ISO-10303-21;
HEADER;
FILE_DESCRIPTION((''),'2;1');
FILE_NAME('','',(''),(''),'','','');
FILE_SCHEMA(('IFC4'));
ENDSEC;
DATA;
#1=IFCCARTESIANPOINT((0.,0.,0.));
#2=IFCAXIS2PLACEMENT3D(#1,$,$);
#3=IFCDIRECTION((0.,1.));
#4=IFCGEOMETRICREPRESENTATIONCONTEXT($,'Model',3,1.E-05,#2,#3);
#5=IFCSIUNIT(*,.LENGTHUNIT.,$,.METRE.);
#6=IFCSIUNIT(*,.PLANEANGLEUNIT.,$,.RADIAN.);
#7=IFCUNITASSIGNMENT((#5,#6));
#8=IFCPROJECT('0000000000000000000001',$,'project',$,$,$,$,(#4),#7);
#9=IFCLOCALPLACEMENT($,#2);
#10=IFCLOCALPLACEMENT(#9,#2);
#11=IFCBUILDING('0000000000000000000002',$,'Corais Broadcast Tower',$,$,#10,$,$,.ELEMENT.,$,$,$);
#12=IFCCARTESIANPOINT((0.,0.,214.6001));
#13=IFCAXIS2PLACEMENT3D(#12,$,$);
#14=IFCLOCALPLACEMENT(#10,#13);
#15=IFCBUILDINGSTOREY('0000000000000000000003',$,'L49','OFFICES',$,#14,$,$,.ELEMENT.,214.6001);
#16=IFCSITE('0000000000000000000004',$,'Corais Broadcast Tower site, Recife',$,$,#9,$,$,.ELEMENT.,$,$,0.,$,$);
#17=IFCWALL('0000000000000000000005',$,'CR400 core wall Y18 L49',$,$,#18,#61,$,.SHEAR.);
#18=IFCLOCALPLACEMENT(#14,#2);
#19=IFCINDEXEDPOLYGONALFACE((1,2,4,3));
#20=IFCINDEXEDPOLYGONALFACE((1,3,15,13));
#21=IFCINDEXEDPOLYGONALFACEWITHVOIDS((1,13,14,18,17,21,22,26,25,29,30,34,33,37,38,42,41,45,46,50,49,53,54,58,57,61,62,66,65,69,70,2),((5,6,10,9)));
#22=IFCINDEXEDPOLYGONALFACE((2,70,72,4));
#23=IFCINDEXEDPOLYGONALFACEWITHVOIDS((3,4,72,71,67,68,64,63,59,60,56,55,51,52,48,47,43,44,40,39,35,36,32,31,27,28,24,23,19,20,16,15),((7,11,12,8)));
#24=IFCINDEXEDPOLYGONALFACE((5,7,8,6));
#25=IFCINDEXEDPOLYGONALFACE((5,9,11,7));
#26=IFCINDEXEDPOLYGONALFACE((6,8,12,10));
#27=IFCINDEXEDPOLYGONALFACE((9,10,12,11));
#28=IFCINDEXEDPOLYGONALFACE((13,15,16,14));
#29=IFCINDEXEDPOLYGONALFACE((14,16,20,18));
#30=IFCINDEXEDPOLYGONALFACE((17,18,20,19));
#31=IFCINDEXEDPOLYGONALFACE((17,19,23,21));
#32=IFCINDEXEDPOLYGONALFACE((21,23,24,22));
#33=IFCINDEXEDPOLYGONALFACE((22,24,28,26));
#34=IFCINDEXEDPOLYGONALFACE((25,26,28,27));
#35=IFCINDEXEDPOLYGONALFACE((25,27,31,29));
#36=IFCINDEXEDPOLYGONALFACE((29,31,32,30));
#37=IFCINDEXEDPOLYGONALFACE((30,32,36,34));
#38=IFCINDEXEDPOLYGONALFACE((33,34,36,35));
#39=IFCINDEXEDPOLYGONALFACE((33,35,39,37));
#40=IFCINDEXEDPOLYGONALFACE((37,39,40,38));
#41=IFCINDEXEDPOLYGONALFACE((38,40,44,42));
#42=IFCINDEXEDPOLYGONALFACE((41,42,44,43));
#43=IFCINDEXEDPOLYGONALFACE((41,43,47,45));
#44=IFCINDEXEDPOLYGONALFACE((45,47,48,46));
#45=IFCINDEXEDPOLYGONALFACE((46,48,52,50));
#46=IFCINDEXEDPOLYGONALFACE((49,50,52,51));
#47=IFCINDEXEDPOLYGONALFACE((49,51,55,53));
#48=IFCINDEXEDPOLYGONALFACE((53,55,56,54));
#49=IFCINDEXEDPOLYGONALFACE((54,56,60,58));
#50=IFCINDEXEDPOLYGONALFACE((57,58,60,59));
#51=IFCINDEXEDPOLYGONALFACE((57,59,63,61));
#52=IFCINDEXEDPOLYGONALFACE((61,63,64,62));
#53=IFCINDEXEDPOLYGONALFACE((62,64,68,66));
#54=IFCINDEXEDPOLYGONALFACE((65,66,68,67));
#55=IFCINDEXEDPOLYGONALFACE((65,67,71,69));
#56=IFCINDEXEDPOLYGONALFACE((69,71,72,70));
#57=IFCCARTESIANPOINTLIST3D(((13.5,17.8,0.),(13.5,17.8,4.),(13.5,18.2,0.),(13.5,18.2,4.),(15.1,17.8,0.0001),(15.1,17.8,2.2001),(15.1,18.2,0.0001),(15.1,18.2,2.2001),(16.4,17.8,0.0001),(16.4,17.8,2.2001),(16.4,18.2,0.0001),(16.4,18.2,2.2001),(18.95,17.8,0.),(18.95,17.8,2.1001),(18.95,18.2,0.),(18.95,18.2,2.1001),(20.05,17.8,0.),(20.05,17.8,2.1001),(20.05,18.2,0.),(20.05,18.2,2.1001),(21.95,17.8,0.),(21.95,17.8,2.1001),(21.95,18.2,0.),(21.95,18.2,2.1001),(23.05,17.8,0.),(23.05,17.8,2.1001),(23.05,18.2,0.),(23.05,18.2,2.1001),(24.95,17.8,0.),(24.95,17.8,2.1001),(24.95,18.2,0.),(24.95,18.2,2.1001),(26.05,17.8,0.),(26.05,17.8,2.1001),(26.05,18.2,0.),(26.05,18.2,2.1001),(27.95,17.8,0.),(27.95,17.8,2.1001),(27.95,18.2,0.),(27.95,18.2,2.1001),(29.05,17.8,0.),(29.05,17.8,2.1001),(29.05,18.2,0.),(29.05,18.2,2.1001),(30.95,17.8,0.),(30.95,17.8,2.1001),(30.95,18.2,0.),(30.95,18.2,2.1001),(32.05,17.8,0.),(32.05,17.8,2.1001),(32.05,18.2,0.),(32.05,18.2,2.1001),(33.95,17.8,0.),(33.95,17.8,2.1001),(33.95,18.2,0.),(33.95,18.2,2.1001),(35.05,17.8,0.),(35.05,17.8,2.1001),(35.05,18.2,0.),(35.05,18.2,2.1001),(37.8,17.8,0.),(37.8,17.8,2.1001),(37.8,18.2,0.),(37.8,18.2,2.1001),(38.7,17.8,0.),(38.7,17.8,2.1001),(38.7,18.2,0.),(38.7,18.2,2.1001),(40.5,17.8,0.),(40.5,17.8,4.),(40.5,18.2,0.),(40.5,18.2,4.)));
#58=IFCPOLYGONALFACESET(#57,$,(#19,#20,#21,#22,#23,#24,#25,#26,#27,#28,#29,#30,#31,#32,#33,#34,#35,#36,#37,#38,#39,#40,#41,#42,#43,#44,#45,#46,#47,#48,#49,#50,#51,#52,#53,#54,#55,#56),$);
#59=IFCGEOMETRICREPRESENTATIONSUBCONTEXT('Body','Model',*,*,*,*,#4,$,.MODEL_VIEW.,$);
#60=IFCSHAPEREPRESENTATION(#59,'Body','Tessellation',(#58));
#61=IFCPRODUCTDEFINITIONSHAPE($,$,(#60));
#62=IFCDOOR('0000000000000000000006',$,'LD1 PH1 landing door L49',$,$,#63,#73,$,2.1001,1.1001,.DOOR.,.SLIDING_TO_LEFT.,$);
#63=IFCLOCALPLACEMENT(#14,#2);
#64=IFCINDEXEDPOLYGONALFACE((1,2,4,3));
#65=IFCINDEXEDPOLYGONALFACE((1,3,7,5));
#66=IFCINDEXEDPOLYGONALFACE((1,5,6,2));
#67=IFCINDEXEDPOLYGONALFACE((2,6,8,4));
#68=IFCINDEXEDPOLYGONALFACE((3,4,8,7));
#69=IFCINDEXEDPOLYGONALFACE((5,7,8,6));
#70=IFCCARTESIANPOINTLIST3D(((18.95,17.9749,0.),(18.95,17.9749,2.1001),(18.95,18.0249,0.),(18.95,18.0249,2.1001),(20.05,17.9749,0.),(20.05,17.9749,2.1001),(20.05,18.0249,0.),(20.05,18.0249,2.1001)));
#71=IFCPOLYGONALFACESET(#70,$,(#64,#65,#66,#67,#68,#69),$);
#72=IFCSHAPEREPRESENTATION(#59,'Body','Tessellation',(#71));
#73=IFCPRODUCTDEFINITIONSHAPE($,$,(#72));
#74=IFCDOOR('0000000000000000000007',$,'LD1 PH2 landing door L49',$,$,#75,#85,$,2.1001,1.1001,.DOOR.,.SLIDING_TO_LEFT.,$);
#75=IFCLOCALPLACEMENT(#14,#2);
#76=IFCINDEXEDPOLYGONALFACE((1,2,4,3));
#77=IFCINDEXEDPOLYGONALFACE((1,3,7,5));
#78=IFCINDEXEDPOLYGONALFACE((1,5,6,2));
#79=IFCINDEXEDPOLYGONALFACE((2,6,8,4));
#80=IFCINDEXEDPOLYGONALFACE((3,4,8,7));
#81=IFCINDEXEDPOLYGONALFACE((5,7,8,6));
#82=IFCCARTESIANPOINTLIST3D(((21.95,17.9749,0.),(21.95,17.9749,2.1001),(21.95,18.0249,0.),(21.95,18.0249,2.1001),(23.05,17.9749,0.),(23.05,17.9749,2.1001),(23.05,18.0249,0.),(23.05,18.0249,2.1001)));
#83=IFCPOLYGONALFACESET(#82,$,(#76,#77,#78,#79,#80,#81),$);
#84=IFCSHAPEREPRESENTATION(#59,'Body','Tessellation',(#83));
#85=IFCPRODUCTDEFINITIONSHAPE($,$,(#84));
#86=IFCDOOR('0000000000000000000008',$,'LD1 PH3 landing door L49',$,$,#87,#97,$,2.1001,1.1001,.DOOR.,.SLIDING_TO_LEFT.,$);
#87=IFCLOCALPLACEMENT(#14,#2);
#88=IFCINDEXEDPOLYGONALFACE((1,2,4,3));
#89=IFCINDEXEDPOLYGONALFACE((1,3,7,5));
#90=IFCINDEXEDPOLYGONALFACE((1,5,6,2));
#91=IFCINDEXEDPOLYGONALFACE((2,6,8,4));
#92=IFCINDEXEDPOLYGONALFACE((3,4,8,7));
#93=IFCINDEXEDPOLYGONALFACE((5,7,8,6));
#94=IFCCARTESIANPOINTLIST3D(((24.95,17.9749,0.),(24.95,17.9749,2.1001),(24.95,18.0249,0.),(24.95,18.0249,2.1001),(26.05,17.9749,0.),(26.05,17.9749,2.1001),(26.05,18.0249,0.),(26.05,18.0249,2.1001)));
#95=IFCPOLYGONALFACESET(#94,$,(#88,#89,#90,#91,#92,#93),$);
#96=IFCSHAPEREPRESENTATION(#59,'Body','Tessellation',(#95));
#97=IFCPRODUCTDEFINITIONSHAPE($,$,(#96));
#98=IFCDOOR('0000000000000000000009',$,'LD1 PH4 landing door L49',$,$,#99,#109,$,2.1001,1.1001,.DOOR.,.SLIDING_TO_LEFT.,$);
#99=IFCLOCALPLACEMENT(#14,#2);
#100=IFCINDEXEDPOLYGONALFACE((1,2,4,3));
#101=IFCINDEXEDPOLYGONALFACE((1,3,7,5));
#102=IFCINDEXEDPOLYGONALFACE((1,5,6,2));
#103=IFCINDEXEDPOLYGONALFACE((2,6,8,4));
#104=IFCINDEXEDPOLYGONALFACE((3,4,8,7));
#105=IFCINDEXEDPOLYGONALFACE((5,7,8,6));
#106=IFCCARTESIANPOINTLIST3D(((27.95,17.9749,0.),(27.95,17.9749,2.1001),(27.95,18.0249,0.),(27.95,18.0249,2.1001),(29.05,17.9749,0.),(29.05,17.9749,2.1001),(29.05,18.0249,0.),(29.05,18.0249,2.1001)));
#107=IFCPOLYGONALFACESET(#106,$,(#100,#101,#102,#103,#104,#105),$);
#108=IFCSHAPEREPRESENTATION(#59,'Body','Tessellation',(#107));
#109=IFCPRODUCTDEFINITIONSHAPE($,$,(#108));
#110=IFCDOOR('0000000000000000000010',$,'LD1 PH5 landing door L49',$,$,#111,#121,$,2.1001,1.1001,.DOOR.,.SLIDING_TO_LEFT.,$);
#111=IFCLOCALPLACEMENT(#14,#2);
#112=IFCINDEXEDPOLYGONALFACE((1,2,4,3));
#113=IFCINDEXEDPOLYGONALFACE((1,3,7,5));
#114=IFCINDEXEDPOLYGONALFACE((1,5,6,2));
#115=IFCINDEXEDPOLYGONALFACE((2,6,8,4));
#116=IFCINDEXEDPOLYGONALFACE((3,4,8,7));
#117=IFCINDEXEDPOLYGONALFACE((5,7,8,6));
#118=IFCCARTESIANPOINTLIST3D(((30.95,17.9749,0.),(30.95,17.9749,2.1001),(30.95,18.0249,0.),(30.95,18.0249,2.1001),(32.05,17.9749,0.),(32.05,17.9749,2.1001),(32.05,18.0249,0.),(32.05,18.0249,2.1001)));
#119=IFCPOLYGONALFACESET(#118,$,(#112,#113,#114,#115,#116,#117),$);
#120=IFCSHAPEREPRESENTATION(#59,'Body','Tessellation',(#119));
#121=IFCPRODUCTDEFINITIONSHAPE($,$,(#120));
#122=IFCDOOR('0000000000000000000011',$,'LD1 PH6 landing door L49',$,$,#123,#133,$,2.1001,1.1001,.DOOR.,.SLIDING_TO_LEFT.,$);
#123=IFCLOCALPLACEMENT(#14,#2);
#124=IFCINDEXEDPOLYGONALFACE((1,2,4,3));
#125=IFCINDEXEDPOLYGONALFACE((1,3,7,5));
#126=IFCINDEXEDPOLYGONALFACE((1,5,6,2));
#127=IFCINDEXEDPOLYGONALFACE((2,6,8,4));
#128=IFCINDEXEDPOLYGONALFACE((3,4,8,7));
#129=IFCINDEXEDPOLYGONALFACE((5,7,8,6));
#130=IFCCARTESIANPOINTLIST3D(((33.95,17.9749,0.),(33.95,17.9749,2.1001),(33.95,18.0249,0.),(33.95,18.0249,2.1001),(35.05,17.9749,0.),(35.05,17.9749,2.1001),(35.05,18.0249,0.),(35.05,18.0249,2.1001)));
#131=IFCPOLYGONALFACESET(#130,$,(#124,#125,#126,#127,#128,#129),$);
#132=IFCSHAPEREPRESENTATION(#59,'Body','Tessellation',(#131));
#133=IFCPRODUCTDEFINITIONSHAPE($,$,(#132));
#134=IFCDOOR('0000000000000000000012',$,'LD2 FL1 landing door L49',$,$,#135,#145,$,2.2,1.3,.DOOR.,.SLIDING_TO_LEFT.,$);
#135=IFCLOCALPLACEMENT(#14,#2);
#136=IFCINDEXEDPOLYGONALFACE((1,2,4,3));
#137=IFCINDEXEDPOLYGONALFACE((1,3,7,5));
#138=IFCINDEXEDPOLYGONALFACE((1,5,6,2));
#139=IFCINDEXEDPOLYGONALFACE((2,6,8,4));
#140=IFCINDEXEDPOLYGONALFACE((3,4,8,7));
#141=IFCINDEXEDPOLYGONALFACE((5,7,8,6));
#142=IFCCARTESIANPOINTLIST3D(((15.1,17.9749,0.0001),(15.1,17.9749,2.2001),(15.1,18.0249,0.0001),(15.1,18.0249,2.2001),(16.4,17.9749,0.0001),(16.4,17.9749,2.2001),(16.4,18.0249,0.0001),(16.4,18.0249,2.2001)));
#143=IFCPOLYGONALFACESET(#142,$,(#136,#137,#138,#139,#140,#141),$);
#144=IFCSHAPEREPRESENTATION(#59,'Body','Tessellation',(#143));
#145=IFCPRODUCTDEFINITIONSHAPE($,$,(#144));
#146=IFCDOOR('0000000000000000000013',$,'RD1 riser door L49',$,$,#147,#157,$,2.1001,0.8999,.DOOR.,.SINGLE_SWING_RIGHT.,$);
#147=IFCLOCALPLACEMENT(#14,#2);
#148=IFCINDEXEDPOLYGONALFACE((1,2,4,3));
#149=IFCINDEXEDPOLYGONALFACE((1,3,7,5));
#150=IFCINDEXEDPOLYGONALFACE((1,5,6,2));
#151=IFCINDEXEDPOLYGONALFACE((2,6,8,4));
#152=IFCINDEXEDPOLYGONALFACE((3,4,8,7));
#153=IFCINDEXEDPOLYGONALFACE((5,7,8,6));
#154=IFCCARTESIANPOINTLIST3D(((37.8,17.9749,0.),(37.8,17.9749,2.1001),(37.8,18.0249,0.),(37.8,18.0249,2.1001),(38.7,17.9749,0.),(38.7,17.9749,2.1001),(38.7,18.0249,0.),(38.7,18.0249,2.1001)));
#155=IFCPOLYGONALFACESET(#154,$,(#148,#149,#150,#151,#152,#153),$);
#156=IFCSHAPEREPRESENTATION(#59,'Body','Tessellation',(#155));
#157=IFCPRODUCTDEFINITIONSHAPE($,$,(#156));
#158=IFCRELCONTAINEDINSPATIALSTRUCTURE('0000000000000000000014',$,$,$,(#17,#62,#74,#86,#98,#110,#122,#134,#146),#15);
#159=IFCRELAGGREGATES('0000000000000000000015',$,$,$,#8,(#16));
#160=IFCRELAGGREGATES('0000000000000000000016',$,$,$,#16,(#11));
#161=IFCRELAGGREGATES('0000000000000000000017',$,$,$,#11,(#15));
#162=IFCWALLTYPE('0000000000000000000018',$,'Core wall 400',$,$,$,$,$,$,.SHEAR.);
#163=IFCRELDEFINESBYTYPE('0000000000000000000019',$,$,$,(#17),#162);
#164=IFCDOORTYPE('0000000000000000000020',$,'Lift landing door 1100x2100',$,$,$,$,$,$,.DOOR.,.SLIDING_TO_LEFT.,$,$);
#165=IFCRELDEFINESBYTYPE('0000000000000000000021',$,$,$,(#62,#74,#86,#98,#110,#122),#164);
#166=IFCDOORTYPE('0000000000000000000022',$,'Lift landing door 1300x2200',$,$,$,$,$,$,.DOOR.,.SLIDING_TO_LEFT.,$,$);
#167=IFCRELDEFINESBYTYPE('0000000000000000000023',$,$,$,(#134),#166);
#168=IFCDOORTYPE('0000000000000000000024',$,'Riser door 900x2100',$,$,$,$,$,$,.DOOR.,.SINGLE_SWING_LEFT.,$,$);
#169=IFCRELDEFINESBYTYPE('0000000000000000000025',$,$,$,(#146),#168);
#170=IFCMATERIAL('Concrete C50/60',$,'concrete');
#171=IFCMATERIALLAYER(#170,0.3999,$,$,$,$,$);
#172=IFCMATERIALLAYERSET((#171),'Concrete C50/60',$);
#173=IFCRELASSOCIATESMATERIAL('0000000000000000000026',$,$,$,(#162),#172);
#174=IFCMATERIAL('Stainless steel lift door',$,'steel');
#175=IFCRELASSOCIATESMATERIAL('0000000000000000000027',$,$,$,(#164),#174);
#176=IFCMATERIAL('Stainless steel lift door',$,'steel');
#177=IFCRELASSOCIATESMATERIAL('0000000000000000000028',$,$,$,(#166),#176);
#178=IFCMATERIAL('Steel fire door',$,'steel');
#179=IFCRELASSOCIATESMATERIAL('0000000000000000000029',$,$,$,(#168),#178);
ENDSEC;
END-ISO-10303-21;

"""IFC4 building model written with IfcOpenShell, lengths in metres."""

from ifc_helpers import new_model, si_unit, direction, frame, frame_2d, origin, place, context, subcontext, project, spatial, rectangle, extrude, material, layer, layer_set, type_object, element, fill, save


model = new_model("IFC4")

# Units and contexts
model_context = context("Model", 3, precision=1e-05, world=origin(), true_north=direction((0.0, 1.0)))
body_context = subcontext(model_context, "Body", "Model", "MODEL_VIEW")
ifc_project = project(units=[si_unit("LENGTHUNIT", "METRE"), si_unit("PLANEANGLEUNIT", "RADIAN")], contexts=[model_context])

# Site, building, storey
site_placement = place(None, origin())
site = spatial("IfcSite", under=ifc_project, at=site_placement, Name="Corais Broadcast Tower site, Recife", CompositionType="ELEMENT", RefElevation=0.0)
building_placement = place(site_placement, origin())
building = spatial("IfcBuilding", under=site, at=building_placement, Name="Corais Broadcast Tower", CompositionType="ELEMENT")
storey_placement = place(building_placement, frame((0.0, 0.0, 214.6001)))
storey = spatial("IfcBuildingStorey", under=building, at=storey_placement, Name="L49", Description="OFFICES", CompositionType="ELEMENT", Elevation=214.6001)

# Shared definitions
ifc_material_1 = material(Name="Concrete C50/60", Category="concrete")
ifc_layer_1 = layer(ifc_material_1, 0.3999)
ifc_layer_set_1 = layer_set([ifc_layer_1], Name="Concrete C50/60")
wall_type_1 = type_object("IfcWallType", Name="Core wall 400", PredefinedType="SHEAR", material=ifc_layer_set_1)

# Wall, openings, doors
wall_1_placement = place(storey_placement, frame((13.5, 18.0, 0.0), z_axis=(0.0, 0.0, 1.0), x_axis=(1.0, 0.0, 0.0)))
wall_1 = element("IfcWall", 1, at=wall_1_placement, inside=storey, type_object=wall_type_1, Name="CR400 core wall Y18 L49", PredefinedType="SHEAR", context=body_context, shape_type="SweptSolid", body=[
    extrude(rectangle(XDim=27.0, YDim=0.3999, at=frame_2d((13.5, 0.0))), origin(), (0.0, 0.0, 1.0), 4.0),
])
opening_1_placement = place(wall_1_placement, frame((24.3, 0.0, 0.0)))
opening_1 = element("IfcOpeningElement", 2, at=opening_1_placement, cuts=wall_1, PredefinedType="OPENING", context=body_context, shape_type="SweptSolid", body=[
    extrude(rectangle(XDim=0.8999, YDim=2.1001, at=frame_2d((0.45, 1.05))), frame((0.0, 0.21, 0.0), z_axis=(0.0, -1.0, 0.0), x_axis=(1.0, 0.0, 0.0)), (0.0, 0.0, 1.0), 0.4199),
])
opening_2_placement = place(wall_1_placement, frame((5.45, 0.0, 0.0)))
opening_2 = element("IfcOpeningElement", 3, at=opening_2_placement, cuts=wall_1, PredefinedType="OPENING", context=body_context, shape_type="SweptSolid", body=[
    extrude(rectangle(XDim=1.1001, YDim=2.1001, at=frame_2d((0.55, 1.05))), frame((0.0, 0.21, 0.0), z_axis=(0.0, -1.0, 0.0), x_axis=(1.0, 0.0, 0.0)), (0.0, 0.0, 1.0), 0.4199),
])
opening_3_placement = place(wall_1_placement, frame((8.45, 0.0, 0.0)))
opening_3 = element("IfcOpeningElement", 4, at=opening_3_placement, cuts=wall_1, PredefinedType="OPENING", context=body_context, shape_type="SweptSolid", body=[
    extrude(rectangle(XDim=1.1001, YDim=2.1001, at=frame_2d((0.55, 1.05))), frame((0.0, 0.21, 0.0), z_axis=(0.0, -1.0, 0.0), x_axis=(1.0, 0.0, 0.0)), (0.0, 0.0, 1.0), 0.4199),
])
opening_4_placement = place(wall_1_placement, frame((11.45, 0.0, 0.0)))
opening_4 = element("IfcOpeningElement", 5, at=opening_4_placement, cuts=wall_1, PredefinedType="OPENING", context=body_context, shape_type="SweptSolid", body=[
    extrude(rectangle(XDim=1.1001, YDim=2.1001, at=frame_2d((0.55, 1.05))), frame((0.0, 0.21, 0.0), z_axis=(0.0, -1.0, 0.0), x_axis=(1.0, 0.0, 0.0)), (0.0, 0.0, 1.0), 0.4199),
])
opening_5_placement = place(wall_1_placement, frame((14.45, 0.0, 0.0)))
opening_5 = element("IfcOpeningElement", 6, at=opening_5_placement, cuts=wall_1, PredefinedType="OPENING", context=body_context, shape_type="SweptSolid", body=[
    extrude(rectangle(XDim=1.1001, YDim=2.1001, at=frame_2d((0.55, 1.05))), frame((0.0, 0.21, 0.0), z_axis=(0.0, -1.0, 0.0), x_axis=(1.0, 0.0, 0.0)), (0.0, 0.0, 1.0), 0.4199),
])
opening_6_placement = place(wall_1_placement, frame((17.45, 0.0, 0.0)))
opening_6 = element("IfcOpeningElement", 7, at=opening_6_placement, cuts=wall_1, PredefinedType="OPENING", context=body_context, shape_type="SweptSolid", body=[
    extrude(rectangle(XDim=1.1001, YDim=2.1001, at=frame_2d((0.55, 1.05))), frame((0.0, 0.21, 0.0), z_axis=(0.0, -1.0, 0.0), x_axis=(1.0, 0.0, 0.0)), (0.0, 0.0, 1.0), 0.4199),
])
opening_7_placement = place(wall_1_placement, frame((20.45, 0.0, 0.0)))
opening_7 = element("IfcOpeningElement", 8, at=opening_7_placement, cuts=wall_1, PredefinedType="OPENING", context=body_context, shape_type="SweptSolid", body=[
    extrude(rectangle(XDim=1.1001, YDim=2.1001, at=frame_2d((0.55, 1.05))), frame((0.0, 0.21, 0.0), z_axis=(0.0, -1.0, 0.0), x_axis=(1.0, 0.0, 0.0)), (0.0, 0.0, 1.0), 0.4199),
])
opening_8_placement = place(wall_1_placement, frame((1.6001, 0.0, 0.0)))
opening_8 = element("IfcOpeningElement", 9, at=opening_8_placement, cuts=wall_1, PredefinedType="OPENING", context=body_context, shape_type="SweptSolid", body=[
    extrude(rectangle(XDim=1.3, YDim=2.2, at=frame_2d((0.6499, 1.1001))), frame((0.0, 0.21, 0.0), z_axis=(0.0, -1.0, 0.0), x_axis=(1.0, 0.0, 0.0)), (0.0, 0.0, 1.0), 0.4199),
])
ifc_material_2 = material(Name="Stainless steel lift door", Category="steel")
door_type_1 = type_object("IfcDoorType", Name="Lift landing door 1100x2100", OperationType="SLIDING_TO_LEFT", PredefinedType="DOOR", material=ifc_material_2)
door_1_placement = place(opening_2_placement, origin())
door_1 = element("IfcDoor", 10, at=door_1_placement, inside=storey, type_object=door_type_1, Name="LD1 PH1 landing door L49", OperationType="SLIDING_TO_LEFT", OverallHeight=2.1001, OverallWidth=1.1001, PredefinedType="DOOR", context=body_context, shape_type="SweptSolid", body=[
    extrude(rectangle(XDim=1.1001, YDim=2.1001, at=frame_2d((0.55, 1.05))), frame((0.0, 0.0249, 0.0), z_axis=(0.0, -1.0, 0.0), x_axis=(1.0, 0.0, 0.0)), (0.0, 0.0, 1.0), 0.05),
])
fill(opening_2, door_1)
door_2_placement = place(opening_3_placement, origin())
door_2 = element("IfcDoor", 11, at=door_2_placement, inside=storey, type_object=door_type_1, Name="LD1 PH2 landing door L49", OperationType="SLIDING_TO_LEFT", OverallHeight=2.1001, OverallWidth=1.1001, PredefinedType="DOOR", context=body_context, shape_type="SweptSolid", body=[
    extrude(rectangle(XDim=1.1001, YDim=2.1001, at=frame_2d((0.55, 1.05))), frame((0.0, 0.0249, 0.0), z_axis=(0.0, -1.0, 0.0), x_axis=(1.0, 0.0, 0.0)), (0.0, 0.0, 1.0), 0.05),
])
fill(opening_3, door_2)
door_3_placement = place(opening_4_placement, origin())
door_3 = element("IfcDoor", 12, at=door_3_placement, inside=storey, type_object=door_type_1, Name="LD1 PH3 landing door L49", OperationType="SLIDING_TO_LEFT", OverallHeight=2.1001, OverallWidth=1.1001, PredefinedType="DOOR", context=body_context, shape_type="SweptSolid", body=[
    extrude(rectangle(XDim=1.1001, YDim=2.1001, at=frame_2d((0.55, 1.05))), frame((0.0, 0.0249, 0.0), z_axis=(0.0, -1.0, 0.0), x_axis=(1.0, 0.0, 0.0)), (0.0, 0.0, 1.0), 0.05),
])
fill(opening_4, door_3)
door_4_placement = place(opening_5_placement, origin())
door_4 = element("IfcDoor", 13, at=door_4_placement, inside=storey, type_object=door_type_1, Name="LD1 PH4 landing door L49", OperationType="SLIDING_TO_LEFT", OverallHeight=2.1001, OverallWidth=1.1001, PredefinedType="DOOR", context=body_context, shape_type="SweptSolid", body=[
    extrude(rectangle(XDim=1.1001, YDim=2.1001, at=frame_2d((0.55, 1.05))), frame((0.0, 0.0249, 0.0), z_axis=(0.0, -1.0, 0.0), x_axis=(1.0, 0.0, 0.0)), (0.0, 0.0, 1.0), 0.05),
])
fill(opening_5, door_4)
door_5_placement = place(opening_6_placement, origin())
door_5 = element("IfcDoor", 14, at=door_5_placement, inside=storey, type_object=door_type_1, Name="LD1 PH5 landing door L49", OperationType="SLIDING_TO_LEFT", OverallHeight=2.1001, OverallWidth=1.1001, PredefinedType="DOOR", context=body_context, shape_type="SweptSolid", body=[
    extrude(rectangle(XDim=1.1001, YDim=2.1001, at=frame_2d((0.55, 1.05))), frame((0.0, 0.0249, 0.0), z_axis=(0.0, -1.0, 0.0), x_axis=(1.0, 0.0, 0.0)), (0.0, 0.0, 1.0), 0.05),
])
fill(opening_6, door_5)
door_6_placement = place(opening_7_placement, origin())
door_6 = element("IfcDoor", 15, at=door_6_placement, inside=storey, type_object=door_type_1, Name="LD1 PH6 landing door L49", OperationType="SLIDING_TO_LEFT", OverallHeight=2.1001, OverallWidth=1.1001, PredefinedType="DOOR", context=body_context, shape_type="SweptSolid", body=[
    extrude(rectangle(XDim=1.1001, YDim=2.1001, at=frame_2d((0.55, 1.05))), frame((0.0, 0.0249, 0.0), z_axis=(0.0, -1.0, 0.0), x_axis=(1.0, 0.0, 0.0)), (0.0, 0.0, 1.0), 0.05),
])
fill(opening_7, door_6)
ifc_material_3 = material(Name="Stainless steel lift door", Category="steel")
door_type_2 = type_object("IfcDoorType", Name="Lift landing door 1300x2200", OperationType="SLIDING_TO_LEFT", PredefinedType="DOOR", material=ifc_material_3)
door_7_placement = place(opening_8_placement, origin())
door_7 = element("IfcDoor", 16, at=door_7_placement, inside=storey, type_object=door_type_2, Name="LD2 FL1 landing door L49", OperationType="SLIDING_TO_LEFT", OverallHeight=2.2, OverallWidth=1.3, PredefinedType="DOOR", context=body_context, shape_type="SweptSolid", body=[
    extrude(rectangle(XDim=1.3, YDim=2.2, at=frame_2d((0.6499, 1.1001))), frame((0.0, 0.0249, 0.0), z_axis=(0.0, -1.0, 0.0), x_axis=(1.0, 0.0, 0.0)), (0.0, 0.0, 1.0), 0.05),
])
fill(opening_8, door_7)
ifc_material_4 = material(Name="Steel fire door", Category="steel")
door_type_3 = type_object("IfcDoorType", Name="Riser door 900x2100", OperationType="SINGLE_SWING_LEFT", PredefinedType="DOOR", material=ifc_material_4)
door_8_placement = place(opening_1_placement, origin())
door_8 = element("IfcDoor", 17, at=door_8_placement, inside=storey, type_object=door_type_3, Name="RD1 riser door L49", OperationType="SINGLE_SWING_RIGHT", OverallHeight=2.1001, OverallWidth=0.8999, PredefinedType="DOOR", context=body_context, shape_type="SweptSolid", body=[
    extrude(rectangle(XDim=0.8999, YDim=2.1001, at=frame_2d((0.45, 1.05))), frame((0.0, 0.0249, 0.0), z_axis=(0.0, -1.0, 0.0), x_axis=(1.0, 0.0, 0.0)), (0.0, 0.0, 1.0), 0.05),
])
fill(opening_1, door_8)

save(model, "model.ifc")
